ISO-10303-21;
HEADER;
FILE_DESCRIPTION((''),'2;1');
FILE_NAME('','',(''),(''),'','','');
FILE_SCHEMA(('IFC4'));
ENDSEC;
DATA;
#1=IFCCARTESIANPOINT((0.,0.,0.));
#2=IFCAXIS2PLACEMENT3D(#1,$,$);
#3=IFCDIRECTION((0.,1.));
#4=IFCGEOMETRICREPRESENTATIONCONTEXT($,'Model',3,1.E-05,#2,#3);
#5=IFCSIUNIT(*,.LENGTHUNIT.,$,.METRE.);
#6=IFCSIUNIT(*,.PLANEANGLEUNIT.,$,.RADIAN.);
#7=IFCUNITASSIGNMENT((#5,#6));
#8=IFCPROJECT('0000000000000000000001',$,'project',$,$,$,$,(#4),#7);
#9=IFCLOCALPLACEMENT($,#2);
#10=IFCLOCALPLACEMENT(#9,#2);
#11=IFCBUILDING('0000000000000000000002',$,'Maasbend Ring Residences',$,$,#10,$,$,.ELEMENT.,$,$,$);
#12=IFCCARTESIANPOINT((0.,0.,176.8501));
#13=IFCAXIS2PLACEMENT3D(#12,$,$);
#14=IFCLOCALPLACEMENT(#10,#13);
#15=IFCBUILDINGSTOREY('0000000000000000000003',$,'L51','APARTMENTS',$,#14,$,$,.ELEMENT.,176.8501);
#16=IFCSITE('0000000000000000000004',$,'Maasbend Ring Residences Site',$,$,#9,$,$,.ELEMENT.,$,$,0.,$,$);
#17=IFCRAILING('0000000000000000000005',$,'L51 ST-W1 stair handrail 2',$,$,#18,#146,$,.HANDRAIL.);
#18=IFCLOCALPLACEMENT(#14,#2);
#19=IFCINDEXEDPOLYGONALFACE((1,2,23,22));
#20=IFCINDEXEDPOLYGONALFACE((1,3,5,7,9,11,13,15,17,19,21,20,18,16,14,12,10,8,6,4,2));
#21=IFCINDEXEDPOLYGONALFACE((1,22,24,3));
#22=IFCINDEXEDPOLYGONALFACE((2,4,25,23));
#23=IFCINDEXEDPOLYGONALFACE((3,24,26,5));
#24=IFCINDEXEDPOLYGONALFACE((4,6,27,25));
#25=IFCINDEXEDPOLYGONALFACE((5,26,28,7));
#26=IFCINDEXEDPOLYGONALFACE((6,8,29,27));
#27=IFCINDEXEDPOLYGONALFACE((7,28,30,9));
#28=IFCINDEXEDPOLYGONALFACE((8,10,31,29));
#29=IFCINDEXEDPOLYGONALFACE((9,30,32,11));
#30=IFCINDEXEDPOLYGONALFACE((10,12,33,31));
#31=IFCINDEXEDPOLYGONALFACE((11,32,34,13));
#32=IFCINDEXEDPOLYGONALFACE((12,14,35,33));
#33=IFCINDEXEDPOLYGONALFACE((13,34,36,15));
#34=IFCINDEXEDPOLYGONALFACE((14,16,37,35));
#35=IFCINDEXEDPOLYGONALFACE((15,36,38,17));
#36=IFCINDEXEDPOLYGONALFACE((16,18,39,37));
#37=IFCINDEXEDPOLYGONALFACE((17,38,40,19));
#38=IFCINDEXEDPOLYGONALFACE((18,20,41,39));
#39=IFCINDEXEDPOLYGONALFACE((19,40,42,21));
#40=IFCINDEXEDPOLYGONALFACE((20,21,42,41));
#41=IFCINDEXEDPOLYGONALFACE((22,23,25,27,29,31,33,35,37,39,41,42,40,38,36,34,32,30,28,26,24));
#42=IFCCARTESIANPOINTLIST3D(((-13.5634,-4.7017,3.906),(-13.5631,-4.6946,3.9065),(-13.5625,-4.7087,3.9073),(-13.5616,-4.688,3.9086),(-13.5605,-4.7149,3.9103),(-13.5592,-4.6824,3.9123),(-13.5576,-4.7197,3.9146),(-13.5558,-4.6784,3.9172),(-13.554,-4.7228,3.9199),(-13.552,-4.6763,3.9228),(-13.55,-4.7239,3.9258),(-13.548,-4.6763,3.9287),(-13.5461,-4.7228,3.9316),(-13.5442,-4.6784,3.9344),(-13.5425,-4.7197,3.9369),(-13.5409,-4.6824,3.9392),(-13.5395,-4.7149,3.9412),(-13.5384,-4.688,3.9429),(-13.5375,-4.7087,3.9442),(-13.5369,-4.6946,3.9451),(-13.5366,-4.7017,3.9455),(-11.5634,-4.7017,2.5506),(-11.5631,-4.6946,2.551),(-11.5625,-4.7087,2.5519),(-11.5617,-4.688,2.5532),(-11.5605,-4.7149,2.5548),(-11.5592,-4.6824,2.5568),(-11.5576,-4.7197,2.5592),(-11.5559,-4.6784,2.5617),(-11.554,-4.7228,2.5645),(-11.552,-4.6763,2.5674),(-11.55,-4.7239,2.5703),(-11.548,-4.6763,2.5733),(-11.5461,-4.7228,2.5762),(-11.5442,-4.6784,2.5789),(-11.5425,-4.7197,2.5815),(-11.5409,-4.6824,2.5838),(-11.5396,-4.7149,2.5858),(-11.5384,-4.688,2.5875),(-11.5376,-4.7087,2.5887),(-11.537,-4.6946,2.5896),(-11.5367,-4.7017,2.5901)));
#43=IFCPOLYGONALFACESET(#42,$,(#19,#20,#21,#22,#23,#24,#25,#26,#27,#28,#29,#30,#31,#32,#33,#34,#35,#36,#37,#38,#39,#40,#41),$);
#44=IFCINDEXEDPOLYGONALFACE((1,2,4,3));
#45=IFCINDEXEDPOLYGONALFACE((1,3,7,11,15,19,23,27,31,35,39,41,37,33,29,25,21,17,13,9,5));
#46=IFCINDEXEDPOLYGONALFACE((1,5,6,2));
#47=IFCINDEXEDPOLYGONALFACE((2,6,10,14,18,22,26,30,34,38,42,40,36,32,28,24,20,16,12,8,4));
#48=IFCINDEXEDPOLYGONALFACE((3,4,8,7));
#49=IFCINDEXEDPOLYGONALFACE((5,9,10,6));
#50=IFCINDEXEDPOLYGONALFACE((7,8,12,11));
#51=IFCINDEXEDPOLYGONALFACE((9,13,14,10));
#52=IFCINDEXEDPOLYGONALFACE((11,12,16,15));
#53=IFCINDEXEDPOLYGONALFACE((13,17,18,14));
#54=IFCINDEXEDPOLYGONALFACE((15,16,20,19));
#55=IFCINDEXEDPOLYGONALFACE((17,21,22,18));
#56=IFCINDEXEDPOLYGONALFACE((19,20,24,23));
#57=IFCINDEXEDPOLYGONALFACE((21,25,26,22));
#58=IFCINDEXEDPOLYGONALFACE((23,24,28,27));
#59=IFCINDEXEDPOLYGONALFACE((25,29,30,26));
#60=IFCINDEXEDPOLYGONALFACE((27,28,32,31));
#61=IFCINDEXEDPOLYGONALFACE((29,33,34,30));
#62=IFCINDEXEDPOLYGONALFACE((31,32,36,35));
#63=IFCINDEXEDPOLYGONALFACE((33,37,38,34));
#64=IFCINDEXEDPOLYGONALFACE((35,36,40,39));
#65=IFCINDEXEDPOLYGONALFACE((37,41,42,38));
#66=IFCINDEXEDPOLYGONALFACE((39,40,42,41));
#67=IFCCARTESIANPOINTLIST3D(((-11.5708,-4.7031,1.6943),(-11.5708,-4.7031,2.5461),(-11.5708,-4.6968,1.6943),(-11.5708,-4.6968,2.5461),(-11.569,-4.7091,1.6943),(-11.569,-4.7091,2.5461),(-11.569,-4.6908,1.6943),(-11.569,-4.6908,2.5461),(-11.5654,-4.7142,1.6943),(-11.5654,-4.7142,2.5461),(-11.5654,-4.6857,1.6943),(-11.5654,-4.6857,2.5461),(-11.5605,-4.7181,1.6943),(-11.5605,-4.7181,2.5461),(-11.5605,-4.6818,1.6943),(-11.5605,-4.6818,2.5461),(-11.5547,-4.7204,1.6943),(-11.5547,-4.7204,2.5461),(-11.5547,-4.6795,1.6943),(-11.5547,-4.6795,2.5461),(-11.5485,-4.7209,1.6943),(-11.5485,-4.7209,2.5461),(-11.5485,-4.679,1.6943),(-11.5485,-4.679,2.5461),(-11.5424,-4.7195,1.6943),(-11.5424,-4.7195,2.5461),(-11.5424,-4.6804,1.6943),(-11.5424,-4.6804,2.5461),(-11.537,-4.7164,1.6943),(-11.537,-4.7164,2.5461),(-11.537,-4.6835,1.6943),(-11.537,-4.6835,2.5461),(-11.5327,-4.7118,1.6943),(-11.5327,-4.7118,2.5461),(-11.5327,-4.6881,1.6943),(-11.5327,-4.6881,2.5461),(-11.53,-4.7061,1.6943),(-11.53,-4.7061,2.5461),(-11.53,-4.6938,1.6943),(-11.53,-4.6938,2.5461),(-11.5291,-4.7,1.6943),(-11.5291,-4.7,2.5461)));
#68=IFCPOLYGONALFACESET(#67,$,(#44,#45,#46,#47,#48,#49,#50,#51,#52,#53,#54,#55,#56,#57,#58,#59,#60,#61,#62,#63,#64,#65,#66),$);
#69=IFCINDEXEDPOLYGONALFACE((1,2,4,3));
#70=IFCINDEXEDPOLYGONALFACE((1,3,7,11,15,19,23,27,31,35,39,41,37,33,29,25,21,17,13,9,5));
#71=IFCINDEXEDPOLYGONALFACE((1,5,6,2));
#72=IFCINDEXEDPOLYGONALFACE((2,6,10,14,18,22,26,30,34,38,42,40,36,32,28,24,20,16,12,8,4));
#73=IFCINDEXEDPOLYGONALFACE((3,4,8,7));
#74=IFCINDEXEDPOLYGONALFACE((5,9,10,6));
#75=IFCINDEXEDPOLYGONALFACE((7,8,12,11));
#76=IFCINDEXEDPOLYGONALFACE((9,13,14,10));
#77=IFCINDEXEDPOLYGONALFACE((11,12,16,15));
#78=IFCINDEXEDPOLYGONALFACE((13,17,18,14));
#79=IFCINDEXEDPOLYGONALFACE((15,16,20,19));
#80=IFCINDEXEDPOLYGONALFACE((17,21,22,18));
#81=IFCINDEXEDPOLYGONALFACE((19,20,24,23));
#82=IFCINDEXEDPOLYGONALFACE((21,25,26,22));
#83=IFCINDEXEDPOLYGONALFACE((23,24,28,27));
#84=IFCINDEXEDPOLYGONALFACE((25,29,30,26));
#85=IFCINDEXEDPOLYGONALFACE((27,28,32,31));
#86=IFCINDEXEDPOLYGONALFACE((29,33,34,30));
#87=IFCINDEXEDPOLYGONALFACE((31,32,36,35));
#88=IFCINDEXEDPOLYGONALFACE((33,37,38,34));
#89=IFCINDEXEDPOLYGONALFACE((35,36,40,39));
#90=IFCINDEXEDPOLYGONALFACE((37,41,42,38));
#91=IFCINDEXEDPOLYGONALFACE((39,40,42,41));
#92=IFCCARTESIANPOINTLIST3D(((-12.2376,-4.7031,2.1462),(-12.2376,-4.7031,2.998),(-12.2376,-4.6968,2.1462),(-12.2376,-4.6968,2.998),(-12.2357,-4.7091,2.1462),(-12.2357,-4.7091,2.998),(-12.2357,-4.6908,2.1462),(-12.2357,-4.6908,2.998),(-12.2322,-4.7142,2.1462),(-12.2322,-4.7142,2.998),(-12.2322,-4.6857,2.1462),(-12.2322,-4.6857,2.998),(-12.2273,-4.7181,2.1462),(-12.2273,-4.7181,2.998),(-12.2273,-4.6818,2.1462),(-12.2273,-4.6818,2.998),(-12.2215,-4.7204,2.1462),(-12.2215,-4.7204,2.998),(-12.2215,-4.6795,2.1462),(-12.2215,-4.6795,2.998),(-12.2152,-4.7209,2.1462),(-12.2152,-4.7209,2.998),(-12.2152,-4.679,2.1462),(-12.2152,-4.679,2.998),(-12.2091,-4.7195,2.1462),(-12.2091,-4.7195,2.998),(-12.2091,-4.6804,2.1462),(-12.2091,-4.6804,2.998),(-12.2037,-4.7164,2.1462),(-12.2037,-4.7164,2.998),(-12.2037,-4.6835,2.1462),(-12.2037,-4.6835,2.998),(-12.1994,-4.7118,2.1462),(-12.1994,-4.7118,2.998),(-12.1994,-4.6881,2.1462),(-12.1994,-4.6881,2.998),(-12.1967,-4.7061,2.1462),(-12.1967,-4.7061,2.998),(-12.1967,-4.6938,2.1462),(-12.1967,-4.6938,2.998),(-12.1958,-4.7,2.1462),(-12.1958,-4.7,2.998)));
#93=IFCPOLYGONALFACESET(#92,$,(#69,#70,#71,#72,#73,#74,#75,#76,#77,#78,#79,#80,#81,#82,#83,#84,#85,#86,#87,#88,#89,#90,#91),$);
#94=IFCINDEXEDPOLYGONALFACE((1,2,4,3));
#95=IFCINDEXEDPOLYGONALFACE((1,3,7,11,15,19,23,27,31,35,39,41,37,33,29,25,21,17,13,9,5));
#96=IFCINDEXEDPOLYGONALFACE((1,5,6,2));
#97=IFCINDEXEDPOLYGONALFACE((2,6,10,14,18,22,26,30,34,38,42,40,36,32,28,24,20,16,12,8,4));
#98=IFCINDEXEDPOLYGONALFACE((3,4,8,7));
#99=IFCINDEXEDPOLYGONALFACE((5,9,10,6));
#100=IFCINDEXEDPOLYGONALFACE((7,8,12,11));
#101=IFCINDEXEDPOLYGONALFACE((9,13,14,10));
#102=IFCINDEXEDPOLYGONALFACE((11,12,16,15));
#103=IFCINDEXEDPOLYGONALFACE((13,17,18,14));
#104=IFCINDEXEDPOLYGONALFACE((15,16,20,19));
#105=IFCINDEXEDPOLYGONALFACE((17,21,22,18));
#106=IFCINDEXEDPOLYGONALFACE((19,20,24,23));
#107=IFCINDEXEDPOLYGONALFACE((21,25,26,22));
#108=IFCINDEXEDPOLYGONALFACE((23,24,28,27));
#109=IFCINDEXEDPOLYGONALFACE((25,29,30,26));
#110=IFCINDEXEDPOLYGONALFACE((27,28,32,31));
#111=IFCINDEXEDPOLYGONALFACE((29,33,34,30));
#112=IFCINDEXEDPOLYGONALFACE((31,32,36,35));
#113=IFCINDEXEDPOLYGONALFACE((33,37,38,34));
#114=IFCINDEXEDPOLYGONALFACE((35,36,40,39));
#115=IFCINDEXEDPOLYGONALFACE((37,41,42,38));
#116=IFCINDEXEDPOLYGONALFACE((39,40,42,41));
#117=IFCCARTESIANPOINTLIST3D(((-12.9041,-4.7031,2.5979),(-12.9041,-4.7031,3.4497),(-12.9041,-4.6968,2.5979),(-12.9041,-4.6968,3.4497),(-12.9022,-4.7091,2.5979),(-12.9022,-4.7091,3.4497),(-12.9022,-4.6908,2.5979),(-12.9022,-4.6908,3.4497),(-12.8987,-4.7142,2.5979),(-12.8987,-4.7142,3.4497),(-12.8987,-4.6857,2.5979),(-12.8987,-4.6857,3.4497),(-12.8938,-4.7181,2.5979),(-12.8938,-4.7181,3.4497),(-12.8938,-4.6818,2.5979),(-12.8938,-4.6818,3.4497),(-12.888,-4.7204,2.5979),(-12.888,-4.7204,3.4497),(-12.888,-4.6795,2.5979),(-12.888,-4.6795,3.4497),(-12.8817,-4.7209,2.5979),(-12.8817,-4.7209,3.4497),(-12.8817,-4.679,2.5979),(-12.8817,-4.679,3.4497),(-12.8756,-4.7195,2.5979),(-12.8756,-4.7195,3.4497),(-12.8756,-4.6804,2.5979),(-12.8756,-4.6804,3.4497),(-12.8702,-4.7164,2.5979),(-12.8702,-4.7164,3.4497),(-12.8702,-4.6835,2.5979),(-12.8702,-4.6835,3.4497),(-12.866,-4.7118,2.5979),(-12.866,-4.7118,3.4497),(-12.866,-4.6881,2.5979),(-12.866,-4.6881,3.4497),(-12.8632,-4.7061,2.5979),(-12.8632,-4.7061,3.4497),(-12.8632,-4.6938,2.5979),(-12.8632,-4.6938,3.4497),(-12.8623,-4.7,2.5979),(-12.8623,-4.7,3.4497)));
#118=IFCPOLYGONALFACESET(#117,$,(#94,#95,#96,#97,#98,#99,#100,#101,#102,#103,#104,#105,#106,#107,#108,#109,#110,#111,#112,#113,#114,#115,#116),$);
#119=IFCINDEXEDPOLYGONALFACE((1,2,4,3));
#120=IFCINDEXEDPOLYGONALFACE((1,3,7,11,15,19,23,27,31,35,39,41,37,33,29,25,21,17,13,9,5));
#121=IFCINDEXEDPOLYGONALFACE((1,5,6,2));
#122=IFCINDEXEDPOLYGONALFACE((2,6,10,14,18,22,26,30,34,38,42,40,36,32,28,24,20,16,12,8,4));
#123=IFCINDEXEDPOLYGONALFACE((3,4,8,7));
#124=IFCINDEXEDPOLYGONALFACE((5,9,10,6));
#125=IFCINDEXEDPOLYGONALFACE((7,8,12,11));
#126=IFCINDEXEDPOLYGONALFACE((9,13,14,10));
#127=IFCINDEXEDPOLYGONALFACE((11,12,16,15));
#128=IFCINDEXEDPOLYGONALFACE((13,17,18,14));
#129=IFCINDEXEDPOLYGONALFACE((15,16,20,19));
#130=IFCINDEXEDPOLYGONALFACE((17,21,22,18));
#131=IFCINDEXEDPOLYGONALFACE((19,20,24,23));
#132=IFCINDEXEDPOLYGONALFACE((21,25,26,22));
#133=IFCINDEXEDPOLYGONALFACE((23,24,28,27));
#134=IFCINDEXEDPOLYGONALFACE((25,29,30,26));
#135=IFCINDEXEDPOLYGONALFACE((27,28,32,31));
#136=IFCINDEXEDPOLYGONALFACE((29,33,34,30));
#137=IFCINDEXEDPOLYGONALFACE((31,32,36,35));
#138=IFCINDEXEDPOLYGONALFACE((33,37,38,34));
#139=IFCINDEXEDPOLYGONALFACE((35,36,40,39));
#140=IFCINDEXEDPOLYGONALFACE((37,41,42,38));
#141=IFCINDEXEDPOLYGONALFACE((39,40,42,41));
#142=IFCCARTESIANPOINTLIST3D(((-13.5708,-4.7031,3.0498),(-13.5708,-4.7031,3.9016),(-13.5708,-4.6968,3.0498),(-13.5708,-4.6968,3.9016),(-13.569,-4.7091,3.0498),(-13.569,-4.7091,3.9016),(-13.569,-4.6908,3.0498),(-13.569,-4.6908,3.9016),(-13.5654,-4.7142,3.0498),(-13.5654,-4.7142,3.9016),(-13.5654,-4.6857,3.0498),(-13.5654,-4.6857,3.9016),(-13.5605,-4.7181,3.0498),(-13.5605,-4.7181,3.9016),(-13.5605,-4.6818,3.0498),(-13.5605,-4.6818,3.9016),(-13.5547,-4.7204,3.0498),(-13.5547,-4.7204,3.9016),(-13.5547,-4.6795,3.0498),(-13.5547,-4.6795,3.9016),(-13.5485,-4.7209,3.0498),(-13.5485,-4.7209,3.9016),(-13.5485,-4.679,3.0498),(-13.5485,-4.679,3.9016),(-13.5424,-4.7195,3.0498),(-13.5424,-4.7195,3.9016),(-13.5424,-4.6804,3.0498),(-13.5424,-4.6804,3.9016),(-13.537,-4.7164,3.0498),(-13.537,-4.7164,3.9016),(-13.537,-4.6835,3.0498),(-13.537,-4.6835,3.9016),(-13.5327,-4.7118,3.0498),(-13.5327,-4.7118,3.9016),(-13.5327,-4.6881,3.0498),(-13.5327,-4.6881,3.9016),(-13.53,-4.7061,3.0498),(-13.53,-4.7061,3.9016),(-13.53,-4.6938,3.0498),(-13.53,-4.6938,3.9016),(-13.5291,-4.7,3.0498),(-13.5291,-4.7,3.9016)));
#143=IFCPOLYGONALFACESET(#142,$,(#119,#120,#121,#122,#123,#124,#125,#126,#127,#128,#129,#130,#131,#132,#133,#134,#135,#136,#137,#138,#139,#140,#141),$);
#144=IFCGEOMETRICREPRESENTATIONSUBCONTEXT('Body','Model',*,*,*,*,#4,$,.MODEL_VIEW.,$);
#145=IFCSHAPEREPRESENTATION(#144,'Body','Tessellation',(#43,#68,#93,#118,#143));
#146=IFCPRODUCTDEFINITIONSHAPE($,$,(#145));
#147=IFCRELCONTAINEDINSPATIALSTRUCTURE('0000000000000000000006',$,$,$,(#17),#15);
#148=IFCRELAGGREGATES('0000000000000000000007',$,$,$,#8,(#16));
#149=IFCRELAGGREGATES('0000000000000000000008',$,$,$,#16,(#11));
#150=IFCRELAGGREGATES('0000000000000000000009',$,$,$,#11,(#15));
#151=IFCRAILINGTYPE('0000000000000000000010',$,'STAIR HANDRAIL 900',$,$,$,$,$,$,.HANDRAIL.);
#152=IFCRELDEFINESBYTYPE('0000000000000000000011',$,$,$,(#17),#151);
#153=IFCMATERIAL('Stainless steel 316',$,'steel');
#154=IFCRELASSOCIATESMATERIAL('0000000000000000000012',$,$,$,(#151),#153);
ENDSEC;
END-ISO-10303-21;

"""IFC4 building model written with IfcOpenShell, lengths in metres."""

from ifc_helpers import new_model, si_unit, direction, frame, origin, origin_2d, place, context, subcontext, project, spatial, circle, extrude, material, type_object, element, save


model = new_model("IFC4")

# Units and contexts
model_context = context("Model", 3, precision=1e-05, world=origin(), true_north=direction((0.0, 1.0)))
body_context = subcontext(model_context, "Body", "Model", "MODEL_VIEW")
ifc_project = project(units=[si_unit("LENGTHUNIT", "METRE"), si_unit("PLANEANGLEUNIT", "RADIAN")], contexts=[model_context])

# Site, building, storey
site_placement = place(None, origin())
site = spatial("IfcSite", under=ifc_project, at=site_placement, Name="Maasbend Ring Residences Site", CompositionType="ELEMENT", RefElevation=0.0)
building_placement = place(site_placement, origin())
building = spatial("IfcBuilding", under=site, at=building_placement, Name="Maasbend Ring Residences", CompositionType="ELEMENT")
storey_placement = place(building_placement, frame((0.0, 0.0, 176.8501)))
storey = spatial("IfcBuildingStorey", under=building, at=storey_placement, Name="L51", Description="APARTMENTS", CompositionType="ELEMENT", Elevation=176.8501)

# Railing
ifc_material_1 = material(Name="Stainless steel 316", Category="steel")
railing_type_1 = type_object("IfcRailingType", Name="STAIR HANDRAIL 900", PredefinedType="HANDRAIL", material=ifc_material_1)
railing_1_placement = place(storey_placement, frame((-11.55, -4.7, 1.6943)))
element("IfcRailing", 1, at=railing_1_placement, inside=storey, type_object=railing_type_1, Name="L51 ST-W1 stair handrail 2", PredefinedType="HANDRAIL", context=body_context, shape_type="SweptSolid", body=[
    extrude(circle(Radius=0.0239, at=origin_2d()), frame((0.0, 0.0, 0.876), z_axis=(-0.827798, 0.0, 0.561027), x_axis=(0.0, -1.0, 0.0)), (0.0, 0.0, 1.0), 2.416),
    extrude(circle(Radius=0.021, at=origin_2d()), origin(), (0.0, 0.0, 1.0), 0.8518),
    extrude(circle(Radius=0.021, at=origin_2d()), frame((-0.6667, 0.0, 0.4519)), (0.0, 0.0, 1.0), 0.8518),
    extrude(circle(Radius=0.021, at=origin_2d()), frame((-1.3333, 0.0, 0.9036)), (0.0, 0.0, 1.0), 0.8518),
    extrude(circle(Radius=0.021, at=origin_2d()), frame((-2.0, 0.0, 1.3555)), (0.0, 0.0, 1.0), 0.8518),
])

save(model, "model.ifc")
